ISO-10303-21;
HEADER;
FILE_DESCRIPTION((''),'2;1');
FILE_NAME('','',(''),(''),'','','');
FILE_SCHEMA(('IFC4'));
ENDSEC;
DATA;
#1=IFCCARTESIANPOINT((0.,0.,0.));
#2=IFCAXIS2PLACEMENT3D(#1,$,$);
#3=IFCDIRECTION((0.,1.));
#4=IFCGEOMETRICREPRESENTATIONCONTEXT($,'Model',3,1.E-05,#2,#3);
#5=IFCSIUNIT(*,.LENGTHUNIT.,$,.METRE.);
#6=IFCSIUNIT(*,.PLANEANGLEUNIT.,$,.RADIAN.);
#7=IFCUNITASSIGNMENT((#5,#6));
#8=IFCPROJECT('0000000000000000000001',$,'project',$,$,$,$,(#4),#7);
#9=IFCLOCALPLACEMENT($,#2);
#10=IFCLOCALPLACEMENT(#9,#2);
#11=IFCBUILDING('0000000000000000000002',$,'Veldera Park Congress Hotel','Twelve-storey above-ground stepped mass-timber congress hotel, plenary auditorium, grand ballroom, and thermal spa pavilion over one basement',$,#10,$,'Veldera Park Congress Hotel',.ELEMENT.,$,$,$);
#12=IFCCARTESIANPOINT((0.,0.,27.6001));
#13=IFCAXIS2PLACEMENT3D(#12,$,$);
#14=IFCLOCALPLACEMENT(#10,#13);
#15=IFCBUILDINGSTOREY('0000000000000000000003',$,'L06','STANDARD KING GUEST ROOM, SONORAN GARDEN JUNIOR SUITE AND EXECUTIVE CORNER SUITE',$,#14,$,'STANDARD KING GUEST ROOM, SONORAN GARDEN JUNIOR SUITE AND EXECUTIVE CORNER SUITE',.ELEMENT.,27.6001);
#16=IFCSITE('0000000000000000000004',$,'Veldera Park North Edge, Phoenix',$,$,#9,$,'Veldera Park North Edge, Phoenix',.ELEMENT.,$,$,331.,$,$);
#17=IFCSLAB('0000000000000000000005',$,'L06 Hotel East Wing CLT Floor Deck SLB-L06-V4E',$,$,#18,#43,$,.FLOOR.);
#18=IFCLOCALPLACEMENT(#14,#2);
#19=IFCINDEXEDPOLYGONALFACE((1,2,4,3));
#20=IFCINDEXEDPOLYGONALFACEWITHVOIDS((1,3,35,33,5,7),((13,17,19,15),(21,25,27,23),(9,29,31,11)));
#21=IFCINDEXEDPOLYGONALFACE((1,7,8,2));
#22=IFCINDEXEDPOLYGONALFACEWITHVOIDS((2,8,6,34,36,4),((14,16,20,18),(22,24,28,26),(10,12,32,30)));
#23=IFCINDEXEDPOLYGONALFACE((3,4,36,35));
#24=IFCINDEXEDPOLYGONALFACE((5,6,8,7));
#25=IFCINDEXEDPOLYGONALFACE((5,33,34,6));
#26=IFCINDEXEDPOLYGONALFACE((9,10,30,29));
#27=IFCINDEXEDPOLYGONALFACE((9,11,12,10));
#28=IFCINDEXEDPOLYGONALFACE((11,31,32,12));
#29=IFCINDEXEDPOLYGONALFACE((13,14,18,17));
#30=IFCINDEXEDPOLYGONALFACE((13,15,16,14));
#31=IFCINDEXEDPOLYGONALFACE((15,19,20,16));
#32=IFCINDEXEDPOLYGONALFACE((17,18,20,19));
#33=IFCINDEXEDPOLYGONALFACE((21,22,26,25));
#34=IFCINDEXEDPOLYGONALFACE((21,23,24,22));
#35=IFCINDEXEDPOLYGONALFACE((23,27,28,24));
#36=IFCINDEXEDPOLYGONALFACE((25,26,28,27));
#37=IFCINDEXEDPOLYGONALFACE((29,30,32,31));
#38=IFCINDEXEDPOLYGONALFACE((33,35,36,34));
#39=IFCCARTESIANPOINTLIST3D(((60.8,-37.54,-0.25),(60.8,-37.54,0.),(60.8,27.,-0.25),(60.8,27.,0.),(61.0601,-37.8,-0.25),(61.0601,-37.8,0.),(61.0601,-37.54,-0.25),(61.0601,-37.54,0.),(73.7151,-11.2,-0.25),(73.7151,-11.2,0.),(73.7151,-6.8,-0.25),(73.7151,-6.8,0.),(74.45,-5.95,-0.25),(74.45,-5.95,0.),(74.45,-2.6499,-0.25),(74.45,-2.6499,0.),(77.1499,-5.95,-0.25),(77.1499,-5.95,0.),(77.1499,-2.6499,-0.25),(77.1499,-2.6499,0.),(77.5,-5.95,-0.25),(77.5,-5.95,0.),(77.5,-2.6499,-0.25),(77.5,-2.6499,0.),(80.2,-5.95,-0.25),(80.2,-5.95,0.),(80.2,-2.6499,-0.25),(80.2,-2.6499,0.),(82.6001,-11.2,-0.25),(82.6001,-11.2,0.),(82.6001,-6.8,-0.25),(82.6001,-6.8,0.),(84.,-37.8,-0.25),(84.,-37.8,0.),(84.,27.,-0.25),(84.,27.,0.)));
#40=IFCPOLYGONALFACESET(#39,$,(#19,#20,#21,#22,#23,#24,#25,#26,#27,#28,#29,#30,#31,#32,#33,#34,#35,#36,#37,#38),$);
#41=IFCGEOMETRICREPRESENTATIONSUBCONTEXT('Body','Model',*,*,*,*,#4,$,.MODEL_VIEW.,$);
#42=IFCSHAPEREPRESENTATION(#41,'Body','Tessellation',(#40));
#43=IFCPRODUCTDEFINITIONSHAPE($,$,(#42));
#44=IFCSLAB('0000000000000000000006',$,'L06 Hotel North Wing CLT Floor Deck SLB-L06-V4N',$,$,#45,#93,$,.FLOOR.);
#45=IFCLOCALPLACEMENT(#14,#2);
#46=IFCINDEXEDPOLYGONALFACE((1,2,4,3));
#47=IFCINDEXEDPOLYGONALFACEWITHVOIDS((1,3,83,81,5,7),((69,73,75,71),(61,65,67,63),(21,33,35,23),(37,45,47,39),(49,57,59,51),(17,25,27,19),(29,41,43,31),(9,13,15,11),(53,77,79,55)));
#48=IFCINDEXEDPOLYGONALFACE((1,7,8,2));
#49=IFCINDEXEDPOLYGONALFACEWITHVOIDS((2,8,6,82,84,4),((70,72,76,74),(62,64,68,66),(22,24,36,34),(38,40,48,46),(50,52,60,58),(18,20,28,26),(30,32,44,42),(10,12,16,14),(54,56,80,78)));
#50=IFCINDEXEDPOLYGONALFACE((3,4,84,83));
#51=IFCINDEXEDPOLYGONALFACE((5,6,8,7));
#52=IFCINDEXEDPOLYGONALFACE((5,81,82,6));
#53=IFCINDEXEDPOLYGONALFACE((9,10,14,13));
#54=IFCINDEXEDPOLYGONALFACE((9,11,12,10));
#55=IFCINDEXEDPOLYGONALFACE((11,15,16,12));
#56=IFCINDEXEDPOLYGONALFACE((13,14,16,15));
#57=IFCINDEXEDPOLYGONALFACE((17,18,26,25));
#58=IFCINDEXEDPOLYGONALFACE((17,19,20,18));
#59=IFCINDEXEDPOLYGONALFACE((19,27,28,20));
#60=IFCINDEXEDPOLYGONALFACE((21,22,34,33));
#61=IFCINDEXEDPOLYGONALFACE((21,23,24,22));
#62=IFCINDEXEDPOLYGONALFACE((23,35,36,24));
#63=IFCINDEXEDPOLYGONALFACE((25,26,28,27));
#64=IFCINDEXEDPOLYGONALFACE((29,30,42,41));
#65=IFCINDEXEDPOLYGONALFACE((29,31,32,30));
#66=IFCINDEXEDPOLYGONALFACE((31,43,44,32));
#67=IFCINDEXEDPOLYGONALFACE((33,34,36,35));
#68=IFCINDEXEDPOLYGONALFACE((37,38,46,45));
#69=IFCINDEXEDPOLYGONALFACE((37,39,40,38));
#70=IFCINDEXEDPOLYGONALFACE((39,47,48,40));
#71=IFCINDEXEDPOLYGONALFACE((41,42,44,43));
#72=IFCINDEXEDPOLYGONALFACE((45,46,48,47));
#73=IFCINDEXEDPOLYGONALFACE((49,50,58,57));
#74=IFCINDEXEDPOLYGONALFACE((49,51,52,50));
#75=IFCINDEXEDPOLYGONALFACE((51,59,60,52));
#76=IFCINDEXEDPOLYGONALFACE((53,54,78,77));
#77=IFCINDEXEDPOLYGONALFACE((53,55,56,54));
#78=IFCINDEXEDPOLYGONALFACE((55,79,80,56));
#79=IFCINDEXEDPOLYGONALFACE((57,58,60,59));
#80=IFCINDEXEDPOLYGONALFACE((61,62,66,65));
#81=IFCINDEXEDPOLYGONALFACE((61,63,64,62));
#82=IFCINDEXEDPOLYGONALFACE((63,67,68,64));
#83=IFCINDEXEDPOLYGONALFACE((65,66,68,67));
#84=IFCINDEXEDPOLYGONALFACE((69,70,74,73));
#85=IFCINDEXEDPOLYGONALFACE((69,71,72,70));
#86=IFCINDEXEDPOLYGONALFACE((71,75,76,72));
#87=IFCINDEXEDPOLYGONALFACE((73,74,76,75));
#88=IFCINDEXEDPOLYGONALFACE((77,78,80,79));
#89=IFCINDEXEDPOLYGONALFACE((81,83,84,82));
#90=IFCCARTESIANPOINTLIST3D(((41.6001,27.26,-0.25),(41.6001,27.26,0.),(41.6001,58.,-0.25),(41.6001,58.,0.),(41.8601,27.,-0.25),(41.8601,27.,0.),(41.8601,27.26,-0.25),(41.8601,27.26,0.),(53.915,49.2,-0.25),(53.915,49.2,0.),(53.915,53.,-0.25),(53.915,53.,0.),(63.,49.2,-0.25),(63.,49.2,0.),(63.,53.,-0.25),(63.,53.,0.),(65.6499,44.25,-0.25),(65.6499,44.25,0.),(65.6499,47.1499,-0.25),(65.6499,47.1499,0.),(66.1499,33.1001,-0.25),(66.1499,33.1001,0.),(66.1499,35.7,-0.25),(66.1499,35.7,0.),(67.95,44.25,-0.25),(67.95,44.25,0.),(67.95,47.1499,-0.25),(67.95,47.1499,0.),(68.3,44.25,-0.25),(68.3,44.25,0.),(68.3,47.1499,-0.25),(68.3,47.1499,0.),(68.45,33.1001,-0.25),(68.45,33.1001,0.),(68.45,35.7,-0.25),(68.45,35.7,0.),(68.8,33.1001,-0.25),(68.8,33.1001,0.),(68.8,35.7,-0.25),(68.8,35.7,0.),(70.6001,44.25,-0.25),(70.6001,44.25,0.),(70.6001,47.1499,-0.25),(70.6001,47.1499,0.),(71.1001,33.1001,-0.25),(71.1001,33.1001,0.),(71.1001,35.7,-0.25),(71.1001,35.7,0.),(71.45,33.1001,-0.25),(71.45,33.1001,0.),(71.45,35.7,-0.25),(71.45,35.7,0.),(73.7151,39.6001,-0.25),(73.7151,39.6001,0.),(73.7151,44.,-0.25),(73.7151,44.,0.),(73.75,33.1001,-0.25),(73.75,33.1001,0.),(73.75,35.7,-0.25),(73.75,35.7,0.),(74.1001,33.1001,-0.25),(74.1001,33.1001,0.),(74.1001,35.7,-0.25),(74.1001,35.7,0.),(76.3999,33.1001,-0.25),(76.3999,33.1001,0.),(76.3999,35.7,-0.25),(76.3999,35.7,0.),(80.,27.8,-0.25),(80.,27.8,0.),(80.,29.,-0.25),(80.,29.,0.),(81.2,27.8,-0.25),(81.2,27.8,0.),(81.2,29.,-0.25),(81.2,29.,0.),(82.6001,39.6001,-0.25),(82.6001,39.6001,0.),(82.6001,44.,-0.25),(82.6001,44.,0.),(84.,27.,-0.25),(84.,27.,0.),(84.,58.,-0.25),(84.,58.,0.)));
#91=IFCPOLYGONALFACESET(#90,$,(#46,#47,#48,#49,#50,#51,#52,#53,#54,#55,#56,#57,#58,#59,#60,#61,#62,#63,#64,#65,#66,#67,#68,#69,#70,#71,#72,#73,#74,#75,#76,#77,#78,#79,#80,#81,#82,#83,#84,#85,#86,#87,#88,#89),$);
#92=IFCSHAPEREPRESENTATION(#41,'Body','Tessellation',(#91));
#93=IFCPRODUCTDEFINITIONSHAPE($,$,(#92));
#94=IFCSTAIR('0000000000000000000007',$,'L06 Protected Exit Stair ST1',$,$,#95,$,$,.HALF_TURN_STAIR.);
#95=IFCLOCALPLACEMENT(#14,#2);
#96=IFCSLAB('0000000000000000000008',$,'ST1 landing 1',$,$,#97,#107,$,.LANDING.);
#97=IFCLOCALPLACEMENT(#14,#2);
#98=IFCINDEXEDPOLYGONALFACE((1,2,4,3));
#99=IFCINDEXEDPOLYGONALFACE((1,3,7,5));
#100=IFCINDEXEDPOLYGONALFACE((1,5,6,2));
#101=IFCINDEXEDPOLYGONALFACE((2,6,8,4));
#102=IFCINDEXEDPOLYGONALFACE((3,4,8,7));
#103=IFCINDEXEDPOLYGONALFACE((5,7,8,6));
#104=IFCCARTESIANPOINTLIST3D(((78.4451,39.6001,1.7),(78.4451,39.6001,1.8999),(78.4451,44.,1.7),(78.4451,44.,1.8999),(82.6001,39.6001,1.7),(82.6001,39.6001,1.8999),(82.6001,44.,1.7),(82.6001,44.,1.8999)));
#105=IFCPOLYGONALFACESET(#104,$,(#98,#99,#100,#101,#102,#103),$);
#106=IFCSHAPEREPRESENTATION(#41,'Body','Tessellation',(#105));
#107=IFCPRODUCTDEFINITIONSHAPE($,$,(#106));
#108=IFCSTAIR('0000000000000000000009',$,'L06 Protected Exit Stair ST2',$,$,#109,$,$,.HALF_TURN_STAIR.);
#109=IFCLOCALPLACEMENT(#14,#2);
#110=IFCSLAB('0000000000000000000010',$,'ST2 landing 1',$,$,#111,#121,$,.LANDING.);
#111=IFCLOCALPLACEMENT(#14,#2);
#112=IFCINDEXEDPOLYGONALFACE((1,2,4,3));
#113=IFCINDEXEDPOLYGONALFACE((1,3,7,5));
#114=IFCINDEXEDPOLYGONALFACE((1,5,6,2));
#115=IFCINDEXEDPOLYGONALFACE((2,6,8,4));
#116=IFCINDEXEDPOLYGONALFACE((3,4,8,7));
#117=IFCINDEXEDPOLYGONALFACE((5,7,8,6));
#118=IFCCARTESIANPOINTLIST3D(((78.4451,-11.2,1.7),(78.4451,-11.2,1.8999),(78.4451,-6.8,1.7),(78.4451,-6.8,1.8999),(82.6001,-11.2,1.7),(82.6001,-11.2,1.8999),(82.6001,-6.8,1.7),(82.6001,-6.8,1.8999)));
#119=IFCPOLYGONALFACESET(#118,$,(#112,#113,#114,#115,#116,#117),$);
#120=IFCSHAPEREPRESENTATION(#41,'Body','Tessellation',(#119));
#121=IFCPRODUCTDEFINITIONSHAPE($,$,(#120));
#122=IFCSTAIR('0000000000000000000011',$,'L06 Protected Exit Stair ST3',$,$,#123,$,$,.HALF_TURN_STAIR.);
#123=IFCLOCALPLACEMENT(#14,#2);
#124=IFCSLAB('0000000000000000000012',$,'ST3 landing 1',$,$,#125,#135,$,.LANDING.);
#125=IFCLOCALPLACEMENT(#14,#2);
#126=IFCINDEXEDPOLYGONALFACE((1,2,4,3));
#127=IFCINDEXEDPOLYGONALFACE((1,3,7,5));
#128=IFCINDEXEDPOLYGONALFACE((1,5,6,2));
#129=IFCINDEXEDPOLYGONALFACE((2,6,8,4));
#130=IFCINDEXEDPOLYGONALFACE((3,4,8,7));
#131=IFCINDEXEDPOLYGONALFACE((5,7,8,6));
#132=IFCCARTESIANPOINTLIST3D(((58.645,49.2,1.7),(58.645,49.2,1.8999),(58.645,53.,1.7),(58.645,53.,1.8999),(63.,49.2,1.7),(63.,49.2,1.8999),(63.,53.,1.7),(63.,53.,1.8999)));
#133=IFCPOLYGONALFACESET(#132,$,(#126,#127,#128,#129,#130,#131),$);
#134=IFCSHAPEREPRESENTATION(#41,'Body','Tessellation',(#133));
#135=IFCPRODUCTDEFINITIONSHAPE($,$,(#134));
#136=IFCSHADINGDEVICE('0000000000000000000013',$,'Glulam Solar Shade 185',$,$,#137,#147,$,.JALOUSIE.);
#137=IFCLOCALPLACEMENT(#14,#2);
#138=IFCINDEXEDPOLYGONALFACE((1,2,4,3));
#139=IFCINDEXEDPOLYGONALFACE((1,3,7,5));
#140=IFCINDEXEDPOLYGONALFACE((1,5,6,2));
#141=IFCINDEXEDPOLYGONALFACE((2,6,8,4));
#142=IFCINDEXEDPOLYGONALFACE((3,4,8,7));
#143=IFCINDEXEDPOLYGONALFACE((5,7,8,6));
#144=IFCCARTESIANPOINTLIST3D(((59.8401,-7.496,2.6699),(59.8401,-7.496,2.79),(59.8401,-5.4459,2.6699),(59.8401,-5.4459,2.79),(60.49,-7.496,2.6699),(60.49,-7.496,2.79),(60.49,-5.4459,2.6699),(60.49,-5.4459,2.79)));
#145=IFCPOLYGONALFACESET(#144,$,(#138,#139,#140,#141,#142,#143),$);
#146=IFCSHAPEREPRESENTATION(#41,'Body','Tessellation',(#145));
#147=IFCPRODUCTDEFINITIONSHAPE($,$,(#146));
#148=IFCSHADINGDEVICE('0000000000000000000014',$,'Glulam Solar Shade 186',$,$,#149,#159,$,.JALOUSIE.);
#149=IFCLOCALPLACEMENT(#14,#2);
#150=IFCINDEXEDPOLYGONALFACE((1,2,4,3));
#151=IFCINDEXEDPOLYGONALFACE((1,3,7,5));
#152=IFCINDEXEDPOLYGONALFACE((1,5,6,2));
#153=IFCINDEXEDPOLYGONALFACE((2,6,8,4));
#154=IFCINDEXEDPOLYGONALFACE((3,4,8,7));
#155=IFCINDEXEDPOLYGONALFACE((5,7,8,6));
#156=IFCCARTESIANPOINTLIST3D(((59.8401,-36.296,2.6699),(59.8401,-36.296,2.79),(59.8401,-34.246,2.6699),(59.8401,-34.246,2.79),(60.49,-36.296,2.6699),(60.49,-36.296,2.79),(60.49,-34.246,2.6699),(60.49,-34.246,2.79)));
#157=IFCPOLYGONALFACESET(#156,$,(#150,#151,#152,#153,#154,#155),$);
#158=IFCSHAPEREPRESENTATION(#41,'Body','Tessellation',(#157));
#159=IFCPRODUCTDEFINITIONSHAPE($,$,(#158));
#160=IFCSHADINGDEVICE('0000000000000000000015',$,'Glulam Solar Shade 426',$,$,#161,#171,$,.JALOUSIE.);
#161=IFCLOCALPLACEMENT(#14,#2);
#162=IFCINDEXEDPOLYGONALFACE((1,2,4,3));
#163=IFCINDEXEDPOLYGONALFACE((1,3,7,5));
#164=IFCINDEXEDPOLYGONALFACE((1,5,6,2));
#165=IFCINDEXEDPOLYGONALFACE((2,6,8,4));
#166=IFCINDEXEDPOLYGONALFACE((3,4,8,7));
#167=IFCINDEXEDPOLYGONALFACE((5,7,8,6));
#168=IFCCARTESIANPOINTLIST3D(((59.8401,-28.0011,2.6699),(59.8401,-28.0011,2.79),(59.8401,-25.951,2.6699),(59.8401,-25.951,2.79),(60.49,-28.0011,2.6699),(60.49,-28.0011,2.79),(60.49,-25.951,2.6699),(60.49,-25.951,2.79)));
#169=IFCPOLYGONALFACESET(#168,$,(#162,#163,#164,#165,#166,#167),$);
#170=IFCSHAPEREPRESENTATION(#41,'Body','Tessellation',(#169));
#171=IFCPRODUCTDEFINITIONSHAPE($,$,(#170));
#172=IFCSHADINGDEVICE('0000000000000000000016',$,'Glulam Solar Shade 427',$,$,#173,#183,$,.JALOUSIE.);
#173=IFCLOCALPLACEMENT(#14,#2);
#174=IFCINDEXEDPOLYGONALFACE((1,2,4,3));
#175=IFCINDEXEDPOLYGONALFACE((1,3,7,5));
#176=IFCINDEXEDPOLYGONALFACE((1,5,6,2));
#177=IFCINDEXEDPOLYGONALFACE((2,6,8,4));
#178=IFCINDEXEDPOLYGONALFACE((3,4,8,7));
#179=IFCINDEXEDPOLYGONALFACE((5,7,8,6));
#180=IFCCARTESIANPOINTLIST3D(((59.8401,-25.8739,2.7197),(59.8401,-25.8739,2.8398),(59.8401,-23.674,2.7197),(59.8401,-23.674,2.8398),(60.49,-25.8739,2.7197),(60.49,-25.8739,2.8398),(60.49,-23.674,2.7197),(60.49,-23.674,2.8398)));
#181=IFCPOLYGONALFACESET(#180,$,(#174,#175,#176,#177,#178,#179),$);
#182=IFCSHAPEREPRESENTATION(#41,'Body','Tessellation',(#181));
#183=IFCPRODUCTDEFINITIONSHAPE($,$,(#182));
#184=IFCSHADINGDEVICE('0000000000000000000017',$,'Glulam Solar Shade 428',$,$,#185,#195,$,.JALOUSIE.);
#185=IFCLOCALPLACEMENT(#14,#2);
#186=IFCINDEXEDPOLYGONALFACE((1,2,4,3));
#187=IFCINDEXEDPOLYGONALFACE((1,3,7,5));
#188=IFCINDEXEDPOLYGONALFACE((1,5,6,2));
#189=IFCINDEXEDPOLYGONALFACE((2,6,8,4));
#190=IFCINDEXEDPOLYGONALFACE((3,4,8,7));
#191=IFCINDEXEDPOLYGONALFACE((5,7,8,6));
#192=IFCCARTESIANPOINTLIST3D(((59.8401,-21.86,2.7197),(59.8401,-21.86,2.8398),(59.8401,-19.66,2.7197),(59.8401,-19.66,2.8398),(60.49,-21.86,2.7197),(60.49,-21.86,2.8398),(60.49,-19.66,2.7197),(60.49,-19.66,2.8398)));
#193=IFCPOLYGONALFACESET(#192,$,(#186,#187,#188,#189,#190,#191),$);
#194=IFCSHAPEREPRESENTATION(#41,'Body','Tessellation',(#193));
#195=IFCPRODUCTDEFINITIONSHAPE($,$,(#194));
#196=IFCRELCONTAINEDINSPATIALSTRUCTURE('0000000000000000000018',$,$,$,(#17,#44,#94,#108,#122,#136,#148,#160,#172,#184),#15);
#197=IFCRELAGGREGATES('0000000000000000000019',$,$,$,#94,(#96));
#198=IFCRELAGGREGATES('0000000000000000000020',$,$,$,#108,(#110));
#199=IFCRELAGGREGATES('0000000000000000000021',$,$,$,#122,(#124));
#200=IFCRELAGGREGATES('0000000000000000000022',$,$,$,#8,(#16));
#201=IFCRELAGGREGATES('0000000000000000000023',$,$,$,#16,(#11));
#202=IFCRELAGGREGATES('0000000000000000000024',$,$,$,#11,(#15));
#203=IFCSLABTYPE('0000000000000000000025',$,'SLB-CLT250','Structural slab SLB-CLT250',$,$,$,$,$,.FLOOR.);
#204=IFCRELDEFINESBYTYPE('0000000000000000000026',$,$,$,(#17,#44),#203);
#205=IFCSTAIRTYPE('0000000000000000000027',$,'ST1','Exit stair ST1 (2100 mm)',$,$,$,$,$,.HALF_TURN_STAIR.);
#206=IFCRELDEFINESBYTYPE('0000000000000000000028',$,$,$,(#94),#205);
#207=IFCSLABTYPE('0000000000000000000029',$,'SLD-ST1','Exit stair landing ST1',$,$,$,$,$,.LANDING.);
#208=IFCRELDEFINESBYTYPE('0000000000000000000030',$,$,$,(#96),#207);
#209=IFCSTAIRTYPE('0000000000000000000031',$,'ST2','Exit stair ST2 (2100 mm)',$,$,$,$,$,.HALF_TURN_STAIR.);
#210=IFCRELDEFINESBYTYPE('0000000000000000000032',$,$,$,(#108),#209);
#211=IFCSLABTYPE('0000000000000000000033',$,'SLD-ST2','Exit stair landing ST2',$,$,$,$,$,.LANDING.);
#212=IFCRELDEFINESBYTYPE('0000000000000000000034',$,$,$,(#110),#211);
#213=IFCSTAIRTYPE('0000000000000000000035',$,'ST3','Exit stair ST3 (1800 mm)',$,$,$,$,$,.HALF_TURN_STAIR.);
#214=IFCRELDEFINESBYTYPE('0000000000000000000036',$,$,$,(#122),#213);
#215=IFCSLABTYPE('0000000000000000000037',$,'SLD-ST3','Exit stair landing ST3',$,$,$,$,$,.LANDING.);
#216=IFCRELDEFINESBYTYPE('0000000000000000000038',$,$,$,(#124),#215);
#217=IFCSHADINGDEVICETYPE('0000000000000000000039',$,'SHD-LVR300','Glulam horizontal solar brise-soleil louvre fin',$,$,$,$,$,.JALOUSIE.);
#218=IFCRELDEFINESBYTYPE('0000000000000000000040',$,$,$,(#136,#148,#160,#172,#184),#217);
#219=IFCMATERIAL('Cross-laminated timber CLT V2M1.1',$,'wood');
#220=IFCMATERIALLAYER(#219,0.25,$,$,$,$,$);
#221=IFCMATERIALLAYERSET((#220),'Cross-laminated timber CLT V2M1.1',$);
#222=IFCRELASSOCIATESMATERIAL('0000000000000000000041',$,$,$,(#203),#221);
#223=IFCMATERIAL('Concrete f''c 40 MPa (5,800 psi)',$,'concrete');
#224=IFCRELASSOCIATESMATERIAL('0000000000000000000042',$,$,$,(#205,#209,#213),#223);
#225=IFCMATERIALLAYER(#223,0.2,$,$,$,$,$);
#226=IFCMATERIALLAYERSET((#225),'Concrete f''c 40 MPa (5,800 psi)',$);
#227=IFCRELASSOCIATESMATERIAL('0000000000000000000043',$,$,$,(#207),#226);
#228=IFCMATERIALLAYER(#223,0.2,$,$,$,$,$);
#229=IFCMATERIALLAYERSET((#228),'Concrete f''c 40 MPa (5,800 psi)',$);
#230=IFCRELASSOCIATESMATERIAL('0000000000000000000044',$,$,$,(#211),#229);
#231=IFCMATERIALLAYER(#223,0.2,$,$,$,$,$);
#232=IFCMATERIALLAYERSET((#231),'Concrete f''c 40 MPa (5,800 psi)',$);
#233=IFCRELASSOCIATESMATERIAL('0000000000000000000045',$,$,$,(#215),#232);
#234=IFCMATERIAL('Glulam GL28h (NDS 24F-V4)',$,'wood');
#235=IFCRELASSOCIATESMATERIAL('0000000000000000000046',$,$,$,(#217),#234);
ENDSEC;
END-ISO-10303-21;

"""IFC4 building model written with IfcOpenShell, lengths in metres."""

from ifc_helpers import new_model, si_unit, direction, frame, origin, origin_2d, place, context, subcontext, project, spatial, polyline, rectangle, outline, extrude, material, layer, layer_set, type_object, element, aggregate, save


model = new_model("IFC4")

# Units and contexts
model_context = context("Model", 3, precision=1e-05, world=origin(), true_north=direction((0.0, 1.0)))
body_context = subcontext(model_context, "Body", "Model", "MODEL_VIEW")
ifc_project = project(units=[si_unit("LENGTHUNIT", "METRE"), si_unit("PLANEANGLEUNIT", "RADIAN")], contexts=[model_context])

# Site, building, storey
site_placement = place(None, origin())
site = spatial("IfcSite", under=ifc_project, at=site_placement, Name="Veldera Park North Edge, Phoenix", LongName="Veldera Park North Edge, Phoenix", CompositionType="ELEMENT", RefElevation=331.0)
building_placement = place(site_placement, origin())
building = spatial("IfcBuilding", under=site, at=building_placement, Name="Veldera Park Congress Hotel", Description="Twelve-storey above-ground stepped mass-timber congress hotel, plenary auditorium, grand ballroom, and thermal spa pavilion over one basement", LongName="Veldera Park Congress Hotel", CompositionType="ELEMENT")
storey_placement = place(building_placement, frame((0.0, 0.0, 27.6001)))
storey = spatial("IfcBuildingStorey", under=building, at=storey_placement, Name="L06", Description="STANDARD KING GUEST ROOM, SONORAN GARDEN JUNIOR SUITE AND EXECUTIVE CORNER SUITE", LongName="STANDARD KING GUEST ROOM, SONORAN GARDEN JUNIOR SUITE AND EXECUTIVE CORNER SUITE", CompositionType="ELEMENT", Elevation=27.6001)

# Slabs
ifc_material_1 = material(Name="Cross-laminated timber CLT V2M1.1", Category="wood")
ifc_layer_1 = layer(ifc_material_1, 0.25)
ifc_layer_set_1 = layer_set([ifc_layer_1], Name="Cross-laminated timber CLT V2M1.1")
slab_type_1 = type_object("IfcSlabType", Name="SLB-CLT250", Description="Structural slab SLB-CLT250", PredefinedType="FLOOR", material=ifc_layer_set_1)
slab_1_placement = place(storey_placement, frame((0.0, 0.0, -0.25)))
element("IfcSlab", 1, at=slab_1_placement, inside=storey, type_object=slab_type_1, Name="L06 Hotel East Wing CLT Floor Deck SLB-L06-V4E", PredefinedType="FLOOR", context=body_context, shape_type="SweptSolid", body=[
    extrude(outline(polyline([(60.8, -37.54), (61.0601, -37.54), (61.0601, -37.8), (84.0, -37.8), (84.0, 27.0), (60.8, 27.0), (60.8, -37.54)]), holes=[polyline([(73.7151, -11.2), (82.6001, -11.2), (82.6001, -6.8), (73.7151, -6.8), (73.7151, -11.2)]), polyline([(74.45, -5.95), (77.1499, -5.95), (77.1499, -2.6499), (74.45, -2.6499), (74.45, -5.95)]), polyline([(77.5, -5.95), (80.2, -5.95), (80.2, -2.6499), (77.5, -2.6499), (77.5, -5.95)])]), origin(), (0.0, 0.0, 1.0), 0.25),
])
slab_2_placement = place(storey_placement, frame((0.0, 0.0, -0.25)))
element("IfcSlab", 2, at=slab_2_placement, inside=storey, type_object=slab_type_1, Name="L06 Hotel North Wing CLT Floor Deck SLB-L06-V4N", PredefinedType="FLOOR", context=body_context, shape_type="SweptSolid", body=[
    extrude(outline(polyline([(41.6001, 27.26), (41.8601, 27.26), (41.8601, 27.0), (84.0, 27.0), (84.0, 58.0), (41.6001, 58.0), (41.6001, 27.26)]), holes=[polyline([(73.7151, 39.6001), (82.6001, 39.6001), (82.6001, 44.0), (73.7151, 44.0), (73.7151, 39.6001)]), polyline([(53.915, 49.2), (63.0, 49.2), (63.0, 53.0), (53.915, 53.0), (53.915, 49.2)]), polyline([(65.6499, 44.25), (67.95, 44.25), (67.95, 47.1499), (65.6499, 47.1499), (65.6499, 44.25)]), polyline([(68.3, 44.25), (70.6001, 44.25), (70.6001, 47.1499), (68.3, 47.1499), (68.3, 44.25)]), polyline([(66.1499, 33.1001), (68.45, 33.1001), (68.45, 35.7), (66.1499, 35.7), (66.1499, 33.1001)]), polyline([(68.8, 33.1001), (71.1001, 33.1001), (71.1001, 35.7), (68.8, 35.7), (68.8, 33.1001)]), polyline([(71.45, 33.1001), (73.75, 33.1001), (73.75, 35.7), (71.45, 35.7), (71.45, 33.1001)]), polyline([(74.1001, 33.1001), (76.3999, 33.1001), (76.3999, 35.7), (74.1001, 35.7), (74.1001, 33.1001)]), polyline([(80.0, 27.8), (81.2, 27.8), (81.2, 29.0), (80.0, 29.0), (80.0, 27.8)])]), origin(), (0.0, 0.0, 1.0), 0.25),
])

# Stairs, slabs
ifc_material_2 = material(Name="Concrete f'c 40 MPa (5,800 psi)", Category="concrete")
stair_type_1 = type_object("IfcStairType", Name="ST1", Description="Exit stair ST1 (2100 mm)", PredefinedType="HALF_TURN_STAIR", material=ifc_material_2)
stair_1_placement = place(storey_placement, origin())
stair_1 = element("IfcStair", 3, at=stair_1_placement, inside=storey, type_object=stair_type_1, Name="L06 Protected Exit Stair ST1", PredefinedType="HALF_TURN_STAIR")
ifc_layer_2 = layer(ifc_material_2, 0.2)
ifc_layer_set_2 = layer_set([ifc_layer_2], Name="Concrete f'c 40 MPa (5,800 psi)")
slab_type_2 = type_object("IfcSlabType", Name="SLD-ST1", Description="Exit stair landing ST1", PredefinedType="LANDING", material=ifc_layer_set_2)
slab_3_placement = place(storey_placement, frame((0.0, 0.0, 1.7)))
slab_3 = element("IfcSlab", 4, at=slab_3_placement, type_object=slab_type_2, Name="ST1 landing 1", PredefinedType="LANDING", context=body_context, shape_type="SweptSolid", body=[
    extrude(outline(polyline([(78.4451, 39.6001), (82.6001, 39.6001), (82.6001, 44.0), (78.4451, 44.0), (78.4451, 39.6001)])), origin(), (0.0, 0.0, 1.0), 0.2),
])
aggregate(stair_1, [slab_3])
stair_type_2 = type_object("IfcStairType", Name="ST2", Description="Exit stair ST2 (2100 mm)", PredefinedType="HALF_TURN_STAIR", material=ifc_material_2)
stair_2_placement = place(storey_placement, origin())
stair_2 = element("IfcStair", 5, at=stair_2_placement, inside=storey, type_object=stair_type_2, Name="L06 Protected Exit Stair ST2", PredefinedType="HALF_TURN_STAIR")
ifc_layer_3 = layer(ifc_material_2, 0.2)
ifc_layer_set_3 = layer_set([ifc_layer_3], Name="Concrete f'c 40 MPa (5,800 psi)")
slab_type_3 = type_object("IfcSlabType", Name="SLD-ST2", Description="Exit stair landing ST2", PredefinedType="LANDING", material=ifc_layer_set_3)
slab_4_placement = place(storey_placement, frame((0.0, 0.0, 1.7)))
slab_4 = element("IfcSlab", 6, at=slab_4_placement, type_object=slab_type_3, Name="ST2 landing 1", PredefinedType="LANDING", context=body_context, shape_type="SweptSolid", body=[
    extrude(outline(polyline([(78.4451, -11.2), (82.6001, -11.2), (82.6001, -6.8), (78.4451, -6.8), (78.4451, -11.2)])), origin(), (0.0, 0.0, 1.0), 0.2),
])
aggregate(stair_2, [slab_4])
stair_type_3 = type_object("IfcStairType", Name="ST3", Description="Exit stair ST3 (1800 mm)", PredefinedType="HALF_TURN_STAIR", material=ifc_material_2)
stair_3_placement = place(storey_placement, origin())
stair_3 = element("IfcStair", 7, at=stair_3_placement, inside=storey, type_object=stair_type_3, Name="L06 Protected Exit Stair ST3", PredefinedType="HALF_TURN_STAIR")
ifc_layer_4 = layer(ifc_material_2, 0.2)
ifc_layer_set_4 = layer_set([ifc_layer_4], Name="Concrete f'c 40 MPa (5,800 psi)")
slab_type_4 = type_object("IfcSlabType", Name="SLD-ST3", Description="Exit stair landing ST3", PredefinedType="LANDING", material=ifc_layer_set_4)
slab_5_placement = place(storey_placement, frame((0.0, 0.0, 1.7)))
slab_5 = element("IfcSlab", 8, at=slab_5_placement, type_object=slab_type_4, Name="ST3 landing 1", PredefinedType="LANDING", context=body_context, shape_type="SweptSolid", body=[
    extrude(outline(polyline([(58.645, 49.2), (63.0, 49.2), (63.0, 53.0), (58.645, 53.0), (58.645, 49.2)])), origin(), (0.0, 0.0, 1.0), 0.2),
])
aggregate(stair_3, [slab_5])

# Shading devices
ifc_material_3 = material(Name="Glulam GL28h (NDS 24F-V4)", Category="wood")
shading_device_type = type_object("IfcShadingDeviceType", Name="SHD-LVR300", Description="Glulam horizontal solar brise-soleil louvre fin", PredefinedType="JALOUSIE", material=ifc_material_3)
for number, where, z_axis, x_axis, name in (
    (9, (60.165, -6.4709, 2.6699), (0.0, 0.0, 1.0), (0.0, -1.0, 0.0), "Glulam Solar Shade 185"),
    (10, (60.165, -35.271, 2.6699), (0.0, 0.0, 1.0), (0.0, -1.0, 0.0), "Glulam Solar Shade 186"),
    (11, (60.165, -26.9761, 2.6699), (0.0, 0.0, 1.0), (0.0, -1.0, 0.0), "Glulam Solar Shade 426"),
):
    element("IfcShadingDevice", number, at=place(storey_placement, frame(where, z_axis=z_axis, x_axis=x_axis)), inside=storey, type_object=shading_device_type, Name=name, PredefinedType="JALOUSIE", context=body_context, shape_type="SweptSolid", body=[
        extrude(rectangle(XDim=2.05, YDim=0.6499, at=origin_2d()), origin(), (0.0, 0.0, 1.0), 0.1201),
    ])
for number, where, z_axis, x_axis, name in (
    (12, (60.165, -24.7739, 2.7197), (0.0, 0.0, 1.0), (0.0, -1.0, 0.0), "Glulam Solar Shade 427"),
    (13, (60.165, -20.76, 2.7197), (0.0, 0.0, 1.0), (0.0, -1.0, 0.0), "Glulam Solar Shade 428"),
):
    element("IfcShadingDevice", number, at=place(storey_placement, frame(where, z_axis=z_axis, x_axis=x_axis)), inside=storey, type_object=shading_device_type, Name=name, PredefinedType="JALOUSIE", context=body_context, shape_type="SweptSolid", body=[
        extrude(rectangle(XDim=2.2, YDim=0.6499, at=origin_2d()), origin(), (0.0, 0.0, 1.0), 0.1201),
    ])

save(model, "model.ifc")
